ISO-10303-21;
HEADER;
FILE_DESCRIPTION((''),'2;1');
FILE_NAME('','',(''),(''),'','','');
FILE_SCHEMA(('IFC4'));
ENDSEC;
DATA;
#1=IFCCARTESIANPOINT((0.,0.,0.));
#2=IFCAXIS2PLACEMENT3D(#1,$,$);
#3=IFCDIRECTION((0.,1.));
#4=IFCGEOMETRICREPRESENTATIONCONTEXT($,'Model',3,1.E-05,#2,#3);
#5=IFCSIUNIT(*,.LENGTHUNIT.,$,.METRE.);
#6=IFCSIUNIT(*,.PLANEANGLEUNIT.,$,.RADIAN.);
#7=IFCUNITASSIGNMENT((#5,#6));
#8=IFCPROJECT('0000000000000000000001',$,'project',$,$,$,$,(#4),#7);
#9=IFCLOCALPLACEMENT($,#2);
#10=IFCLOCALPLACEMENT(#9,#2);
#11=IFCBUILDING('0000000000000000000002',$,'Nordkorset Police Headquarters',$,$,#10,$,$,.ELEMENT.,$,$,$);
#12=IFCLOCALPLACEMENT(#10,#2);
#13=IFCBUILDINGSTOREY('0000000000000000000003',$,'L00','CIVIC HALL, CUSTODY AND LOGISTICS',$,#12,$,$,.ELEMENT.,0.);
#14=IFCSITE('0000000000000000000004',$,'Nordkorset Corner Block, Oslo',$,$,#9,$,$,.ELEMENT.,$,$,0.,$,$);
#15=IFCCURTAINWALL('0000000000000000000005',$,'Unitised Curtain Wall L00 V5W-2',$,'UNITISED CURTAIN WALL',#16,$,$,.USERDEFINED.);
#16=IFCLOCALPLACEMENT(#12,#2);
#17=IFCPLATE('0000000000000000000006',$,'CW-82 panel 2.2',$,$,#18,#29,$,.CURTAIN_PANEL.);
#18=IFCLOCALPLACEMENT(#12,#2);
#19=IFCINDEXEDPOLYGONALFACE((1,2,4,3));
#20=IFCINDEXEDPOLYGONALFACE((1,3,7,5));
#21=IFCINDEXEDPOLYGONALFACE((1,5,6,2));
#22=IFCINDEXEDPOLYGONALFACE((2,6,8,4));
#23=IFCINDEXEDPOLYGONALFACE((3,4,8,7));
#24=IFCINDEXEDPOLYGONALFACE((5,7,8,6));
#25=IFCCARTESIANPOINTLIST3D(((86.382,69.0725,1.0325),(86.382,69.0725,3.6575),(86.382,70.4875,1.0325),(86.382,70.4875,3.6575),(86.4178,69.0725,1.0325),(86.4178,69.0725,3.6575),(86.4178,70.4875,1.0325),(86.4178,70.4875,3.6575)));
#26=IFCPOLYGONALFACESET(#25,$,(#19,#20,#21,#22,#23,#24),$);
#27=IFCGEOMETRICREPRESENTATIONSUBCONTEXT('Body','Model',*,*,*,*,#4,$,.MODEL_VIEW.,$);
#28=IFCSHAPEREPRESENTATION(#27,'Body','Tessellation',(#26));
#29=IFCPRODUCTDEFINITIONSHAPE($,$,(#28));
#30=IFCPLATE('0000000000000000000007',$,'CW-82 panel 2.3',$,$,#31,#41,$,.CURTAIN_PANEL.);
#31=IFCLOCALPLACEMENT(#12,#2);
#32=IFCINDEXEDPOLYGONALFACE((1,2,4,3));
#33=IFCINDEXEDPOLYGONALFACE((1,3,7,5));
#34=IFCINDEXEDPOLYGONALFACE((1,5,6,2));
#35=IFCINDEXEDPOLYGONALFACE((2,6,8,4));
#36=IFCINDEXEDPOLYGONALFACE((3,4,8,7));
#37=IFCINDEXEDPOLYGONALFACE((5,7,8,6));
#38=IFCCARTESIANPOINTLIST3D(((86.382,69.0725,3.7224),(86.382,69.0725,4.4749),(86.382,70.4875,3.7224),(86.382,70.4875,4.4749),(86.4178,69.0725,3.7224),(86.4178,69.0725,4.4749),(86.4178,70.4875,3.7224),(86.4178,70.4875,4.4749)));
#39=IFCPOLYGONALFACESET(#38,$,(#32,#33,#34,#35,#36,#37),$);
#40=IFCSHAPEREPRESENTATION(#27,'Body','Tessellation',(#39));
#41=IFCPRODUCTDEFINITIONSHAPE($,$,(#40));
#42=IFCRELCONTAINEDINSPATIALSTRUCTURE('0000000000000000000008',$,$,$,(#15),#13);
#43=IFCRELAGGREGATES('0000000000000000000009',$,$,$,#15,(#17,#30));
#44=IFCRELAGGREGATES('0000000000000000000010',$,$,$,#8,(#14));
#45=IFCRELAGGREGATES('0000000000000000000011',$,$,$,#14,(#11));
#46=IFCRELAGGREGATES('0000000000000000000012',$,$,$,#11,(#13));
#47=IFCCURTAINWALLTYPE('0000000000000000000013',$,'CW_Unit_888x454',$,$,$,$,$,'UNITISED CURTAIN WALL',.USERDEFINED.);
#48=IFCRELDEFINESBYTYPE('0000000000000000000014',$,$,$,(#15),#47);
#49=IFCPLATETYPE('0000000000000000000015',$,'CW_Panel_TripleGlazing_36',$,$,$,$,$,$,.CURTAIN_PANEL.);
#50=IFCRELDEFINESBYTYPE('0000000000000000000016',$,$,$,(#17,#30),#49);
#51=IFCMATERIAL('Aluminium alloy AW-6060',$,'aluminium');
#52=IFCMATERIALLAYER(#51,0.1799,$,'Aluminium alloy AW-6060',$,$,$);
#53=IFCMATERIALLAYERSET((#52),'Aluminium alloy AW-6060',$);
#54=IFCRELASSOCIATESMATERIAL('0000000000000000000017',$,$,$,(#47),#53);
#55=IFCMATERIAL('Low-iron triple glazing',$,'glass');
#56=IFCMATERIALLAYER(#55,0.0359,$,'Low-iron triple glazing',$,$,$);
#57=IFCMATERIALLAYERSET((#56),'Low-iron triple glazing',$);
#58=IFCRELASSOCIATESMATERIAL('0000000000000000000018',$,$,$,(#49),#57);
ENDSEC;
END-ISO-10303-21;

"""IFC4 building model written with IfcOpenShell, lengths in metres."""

from ifc_helpers import new_model, si_unit, direction, frame, origin, origin_2d, place, context, subcontext, project, spatial, rectangle, extrude, material, layer, layer_set, type_object, element, aggregate, save


model = new_model("IFC4")

# Units and contexts
model_context = context("Model", 3, precision=1e-05, world=origin(), true_north=direction((0.0, 1.0)))
body_context = subcontext(model_context, "Body", "Model", "MODEL_VIEW")
ifc_project = project(units=[si_unit("LENGTHUNIT", "METRE"), si_unit("PLANEANGLEUNIT", "RADIAN")], contexts=[model_context])

# Site, building, storey
site_placement = place(None, origin())
site = spatial("IfcSite", under=ifc_project, at=site_placement, Name="Nordkorset Corner Block, Oslo", CompositionType="ELEMENT", RefElevation=0.0)
building_placement = place(site_placement, origin())
building = spatial("IfcBuilding", under=site, at=building_placement, Name="Nordkorset Police Headquarters", CompositionType="ELEMENT")
storey_placement = place(building_placement, origin())
storey = spatial("IfcBuildingStorey", under=building, at=storey_placement, Name="L00", Description="CIVIC HALL, CUSTODY AND LOGISTICS", CompositionType="ELEMENT", Elevation=0.0)

# Curtain wall
ifc_material_1 = material(Name="Aluminium alloy AW-6060", Category="aluminium")
ifc_layer_1 = layer(ifc_material_1, 0.1799, Name="Aluminium alloy AW-6060")
ifc_layer_set_1 = layer_set([ifc_layer_1], Name="Aluminium alloy AW-6060")
curtain_wall_type = type_object("IfcCurtainWallType", Name="CW_Unit_888x454", ElementType="UNITISED CURTAIN WALL", PredefinedType="USERDEFINED", material=ifc_layer_set_1)
curtain_wall_placement = place(storey_placement, origin())
curtain_wall = element("IfcCurtainWall", 1, at=curtain_wall_placement, inside=storey, type_object=curtain_wall_type, Name="Unitised Curtain Wall L00 V5W-2", ObjectType="UNITISED CURTAIN WALL", PredefinedType="USERDEFINED")

# Plates
ifc_material_2 = material(Name="Low-iron triple glazing", Category="glass")
ifc_layer_2 = layer(ifc_material_2, 0.0359, Name="Low-iron triple glazing")
ifc_layer_set_2 = layer_set([ifc_layer_2], Name="Low-iron triple glazing")
plate_type = type_object("IfcPlateType", Name="CW_Panel_TripleGlazing_36", PredefinedType="CURTAIN_PANEL", material=ifc_layer_set_2)
plate_1_placement = place(storey_placement, frame((86.3999, 69.78, 1.0325), z_axis=(0.0, 0.0, 1.0), x_axis=(0.0, 1.0, 0.0)))
plate_1 = element("IfcPlate", 2, at=plate_1_placement, type_object=plate_type, Name="CW-82 panel 2.2", PredefinedType="CURTAIN_PANEL", context=body_context, shape_type="SweptSolid", body=[
    extrude(rectangle(XDim=1.415, YDim=0.0359, at=origin_2d()), origin(), (0.0, 0.0, 1.0), 2.625),
])
plate_2_placement = place(storey_placement, frame((86.3999, 69.78, 3.7224), z_axis=(0.0, 0.0, 1.0), x_axis=(0.0, 1.0, 0.0)))
plate_2 = element("IfcPlate", 3, at=plate_2_placement, type_object=plate_type, Name="CW-82 panel 2.3", PredefinedType="CURTAIN_PANEL", context=body_context, shape_type="SweptSolid", body=[
    extrude(rectangle(XDim=1.415, YDim=0.0359, at=origin_2d()), origin(), (0.0, 0.0, 1.0), 0.7524),
])
aggregate(curtain_wall, [plate_1, plate_2])

save(model, "model.ifc")
